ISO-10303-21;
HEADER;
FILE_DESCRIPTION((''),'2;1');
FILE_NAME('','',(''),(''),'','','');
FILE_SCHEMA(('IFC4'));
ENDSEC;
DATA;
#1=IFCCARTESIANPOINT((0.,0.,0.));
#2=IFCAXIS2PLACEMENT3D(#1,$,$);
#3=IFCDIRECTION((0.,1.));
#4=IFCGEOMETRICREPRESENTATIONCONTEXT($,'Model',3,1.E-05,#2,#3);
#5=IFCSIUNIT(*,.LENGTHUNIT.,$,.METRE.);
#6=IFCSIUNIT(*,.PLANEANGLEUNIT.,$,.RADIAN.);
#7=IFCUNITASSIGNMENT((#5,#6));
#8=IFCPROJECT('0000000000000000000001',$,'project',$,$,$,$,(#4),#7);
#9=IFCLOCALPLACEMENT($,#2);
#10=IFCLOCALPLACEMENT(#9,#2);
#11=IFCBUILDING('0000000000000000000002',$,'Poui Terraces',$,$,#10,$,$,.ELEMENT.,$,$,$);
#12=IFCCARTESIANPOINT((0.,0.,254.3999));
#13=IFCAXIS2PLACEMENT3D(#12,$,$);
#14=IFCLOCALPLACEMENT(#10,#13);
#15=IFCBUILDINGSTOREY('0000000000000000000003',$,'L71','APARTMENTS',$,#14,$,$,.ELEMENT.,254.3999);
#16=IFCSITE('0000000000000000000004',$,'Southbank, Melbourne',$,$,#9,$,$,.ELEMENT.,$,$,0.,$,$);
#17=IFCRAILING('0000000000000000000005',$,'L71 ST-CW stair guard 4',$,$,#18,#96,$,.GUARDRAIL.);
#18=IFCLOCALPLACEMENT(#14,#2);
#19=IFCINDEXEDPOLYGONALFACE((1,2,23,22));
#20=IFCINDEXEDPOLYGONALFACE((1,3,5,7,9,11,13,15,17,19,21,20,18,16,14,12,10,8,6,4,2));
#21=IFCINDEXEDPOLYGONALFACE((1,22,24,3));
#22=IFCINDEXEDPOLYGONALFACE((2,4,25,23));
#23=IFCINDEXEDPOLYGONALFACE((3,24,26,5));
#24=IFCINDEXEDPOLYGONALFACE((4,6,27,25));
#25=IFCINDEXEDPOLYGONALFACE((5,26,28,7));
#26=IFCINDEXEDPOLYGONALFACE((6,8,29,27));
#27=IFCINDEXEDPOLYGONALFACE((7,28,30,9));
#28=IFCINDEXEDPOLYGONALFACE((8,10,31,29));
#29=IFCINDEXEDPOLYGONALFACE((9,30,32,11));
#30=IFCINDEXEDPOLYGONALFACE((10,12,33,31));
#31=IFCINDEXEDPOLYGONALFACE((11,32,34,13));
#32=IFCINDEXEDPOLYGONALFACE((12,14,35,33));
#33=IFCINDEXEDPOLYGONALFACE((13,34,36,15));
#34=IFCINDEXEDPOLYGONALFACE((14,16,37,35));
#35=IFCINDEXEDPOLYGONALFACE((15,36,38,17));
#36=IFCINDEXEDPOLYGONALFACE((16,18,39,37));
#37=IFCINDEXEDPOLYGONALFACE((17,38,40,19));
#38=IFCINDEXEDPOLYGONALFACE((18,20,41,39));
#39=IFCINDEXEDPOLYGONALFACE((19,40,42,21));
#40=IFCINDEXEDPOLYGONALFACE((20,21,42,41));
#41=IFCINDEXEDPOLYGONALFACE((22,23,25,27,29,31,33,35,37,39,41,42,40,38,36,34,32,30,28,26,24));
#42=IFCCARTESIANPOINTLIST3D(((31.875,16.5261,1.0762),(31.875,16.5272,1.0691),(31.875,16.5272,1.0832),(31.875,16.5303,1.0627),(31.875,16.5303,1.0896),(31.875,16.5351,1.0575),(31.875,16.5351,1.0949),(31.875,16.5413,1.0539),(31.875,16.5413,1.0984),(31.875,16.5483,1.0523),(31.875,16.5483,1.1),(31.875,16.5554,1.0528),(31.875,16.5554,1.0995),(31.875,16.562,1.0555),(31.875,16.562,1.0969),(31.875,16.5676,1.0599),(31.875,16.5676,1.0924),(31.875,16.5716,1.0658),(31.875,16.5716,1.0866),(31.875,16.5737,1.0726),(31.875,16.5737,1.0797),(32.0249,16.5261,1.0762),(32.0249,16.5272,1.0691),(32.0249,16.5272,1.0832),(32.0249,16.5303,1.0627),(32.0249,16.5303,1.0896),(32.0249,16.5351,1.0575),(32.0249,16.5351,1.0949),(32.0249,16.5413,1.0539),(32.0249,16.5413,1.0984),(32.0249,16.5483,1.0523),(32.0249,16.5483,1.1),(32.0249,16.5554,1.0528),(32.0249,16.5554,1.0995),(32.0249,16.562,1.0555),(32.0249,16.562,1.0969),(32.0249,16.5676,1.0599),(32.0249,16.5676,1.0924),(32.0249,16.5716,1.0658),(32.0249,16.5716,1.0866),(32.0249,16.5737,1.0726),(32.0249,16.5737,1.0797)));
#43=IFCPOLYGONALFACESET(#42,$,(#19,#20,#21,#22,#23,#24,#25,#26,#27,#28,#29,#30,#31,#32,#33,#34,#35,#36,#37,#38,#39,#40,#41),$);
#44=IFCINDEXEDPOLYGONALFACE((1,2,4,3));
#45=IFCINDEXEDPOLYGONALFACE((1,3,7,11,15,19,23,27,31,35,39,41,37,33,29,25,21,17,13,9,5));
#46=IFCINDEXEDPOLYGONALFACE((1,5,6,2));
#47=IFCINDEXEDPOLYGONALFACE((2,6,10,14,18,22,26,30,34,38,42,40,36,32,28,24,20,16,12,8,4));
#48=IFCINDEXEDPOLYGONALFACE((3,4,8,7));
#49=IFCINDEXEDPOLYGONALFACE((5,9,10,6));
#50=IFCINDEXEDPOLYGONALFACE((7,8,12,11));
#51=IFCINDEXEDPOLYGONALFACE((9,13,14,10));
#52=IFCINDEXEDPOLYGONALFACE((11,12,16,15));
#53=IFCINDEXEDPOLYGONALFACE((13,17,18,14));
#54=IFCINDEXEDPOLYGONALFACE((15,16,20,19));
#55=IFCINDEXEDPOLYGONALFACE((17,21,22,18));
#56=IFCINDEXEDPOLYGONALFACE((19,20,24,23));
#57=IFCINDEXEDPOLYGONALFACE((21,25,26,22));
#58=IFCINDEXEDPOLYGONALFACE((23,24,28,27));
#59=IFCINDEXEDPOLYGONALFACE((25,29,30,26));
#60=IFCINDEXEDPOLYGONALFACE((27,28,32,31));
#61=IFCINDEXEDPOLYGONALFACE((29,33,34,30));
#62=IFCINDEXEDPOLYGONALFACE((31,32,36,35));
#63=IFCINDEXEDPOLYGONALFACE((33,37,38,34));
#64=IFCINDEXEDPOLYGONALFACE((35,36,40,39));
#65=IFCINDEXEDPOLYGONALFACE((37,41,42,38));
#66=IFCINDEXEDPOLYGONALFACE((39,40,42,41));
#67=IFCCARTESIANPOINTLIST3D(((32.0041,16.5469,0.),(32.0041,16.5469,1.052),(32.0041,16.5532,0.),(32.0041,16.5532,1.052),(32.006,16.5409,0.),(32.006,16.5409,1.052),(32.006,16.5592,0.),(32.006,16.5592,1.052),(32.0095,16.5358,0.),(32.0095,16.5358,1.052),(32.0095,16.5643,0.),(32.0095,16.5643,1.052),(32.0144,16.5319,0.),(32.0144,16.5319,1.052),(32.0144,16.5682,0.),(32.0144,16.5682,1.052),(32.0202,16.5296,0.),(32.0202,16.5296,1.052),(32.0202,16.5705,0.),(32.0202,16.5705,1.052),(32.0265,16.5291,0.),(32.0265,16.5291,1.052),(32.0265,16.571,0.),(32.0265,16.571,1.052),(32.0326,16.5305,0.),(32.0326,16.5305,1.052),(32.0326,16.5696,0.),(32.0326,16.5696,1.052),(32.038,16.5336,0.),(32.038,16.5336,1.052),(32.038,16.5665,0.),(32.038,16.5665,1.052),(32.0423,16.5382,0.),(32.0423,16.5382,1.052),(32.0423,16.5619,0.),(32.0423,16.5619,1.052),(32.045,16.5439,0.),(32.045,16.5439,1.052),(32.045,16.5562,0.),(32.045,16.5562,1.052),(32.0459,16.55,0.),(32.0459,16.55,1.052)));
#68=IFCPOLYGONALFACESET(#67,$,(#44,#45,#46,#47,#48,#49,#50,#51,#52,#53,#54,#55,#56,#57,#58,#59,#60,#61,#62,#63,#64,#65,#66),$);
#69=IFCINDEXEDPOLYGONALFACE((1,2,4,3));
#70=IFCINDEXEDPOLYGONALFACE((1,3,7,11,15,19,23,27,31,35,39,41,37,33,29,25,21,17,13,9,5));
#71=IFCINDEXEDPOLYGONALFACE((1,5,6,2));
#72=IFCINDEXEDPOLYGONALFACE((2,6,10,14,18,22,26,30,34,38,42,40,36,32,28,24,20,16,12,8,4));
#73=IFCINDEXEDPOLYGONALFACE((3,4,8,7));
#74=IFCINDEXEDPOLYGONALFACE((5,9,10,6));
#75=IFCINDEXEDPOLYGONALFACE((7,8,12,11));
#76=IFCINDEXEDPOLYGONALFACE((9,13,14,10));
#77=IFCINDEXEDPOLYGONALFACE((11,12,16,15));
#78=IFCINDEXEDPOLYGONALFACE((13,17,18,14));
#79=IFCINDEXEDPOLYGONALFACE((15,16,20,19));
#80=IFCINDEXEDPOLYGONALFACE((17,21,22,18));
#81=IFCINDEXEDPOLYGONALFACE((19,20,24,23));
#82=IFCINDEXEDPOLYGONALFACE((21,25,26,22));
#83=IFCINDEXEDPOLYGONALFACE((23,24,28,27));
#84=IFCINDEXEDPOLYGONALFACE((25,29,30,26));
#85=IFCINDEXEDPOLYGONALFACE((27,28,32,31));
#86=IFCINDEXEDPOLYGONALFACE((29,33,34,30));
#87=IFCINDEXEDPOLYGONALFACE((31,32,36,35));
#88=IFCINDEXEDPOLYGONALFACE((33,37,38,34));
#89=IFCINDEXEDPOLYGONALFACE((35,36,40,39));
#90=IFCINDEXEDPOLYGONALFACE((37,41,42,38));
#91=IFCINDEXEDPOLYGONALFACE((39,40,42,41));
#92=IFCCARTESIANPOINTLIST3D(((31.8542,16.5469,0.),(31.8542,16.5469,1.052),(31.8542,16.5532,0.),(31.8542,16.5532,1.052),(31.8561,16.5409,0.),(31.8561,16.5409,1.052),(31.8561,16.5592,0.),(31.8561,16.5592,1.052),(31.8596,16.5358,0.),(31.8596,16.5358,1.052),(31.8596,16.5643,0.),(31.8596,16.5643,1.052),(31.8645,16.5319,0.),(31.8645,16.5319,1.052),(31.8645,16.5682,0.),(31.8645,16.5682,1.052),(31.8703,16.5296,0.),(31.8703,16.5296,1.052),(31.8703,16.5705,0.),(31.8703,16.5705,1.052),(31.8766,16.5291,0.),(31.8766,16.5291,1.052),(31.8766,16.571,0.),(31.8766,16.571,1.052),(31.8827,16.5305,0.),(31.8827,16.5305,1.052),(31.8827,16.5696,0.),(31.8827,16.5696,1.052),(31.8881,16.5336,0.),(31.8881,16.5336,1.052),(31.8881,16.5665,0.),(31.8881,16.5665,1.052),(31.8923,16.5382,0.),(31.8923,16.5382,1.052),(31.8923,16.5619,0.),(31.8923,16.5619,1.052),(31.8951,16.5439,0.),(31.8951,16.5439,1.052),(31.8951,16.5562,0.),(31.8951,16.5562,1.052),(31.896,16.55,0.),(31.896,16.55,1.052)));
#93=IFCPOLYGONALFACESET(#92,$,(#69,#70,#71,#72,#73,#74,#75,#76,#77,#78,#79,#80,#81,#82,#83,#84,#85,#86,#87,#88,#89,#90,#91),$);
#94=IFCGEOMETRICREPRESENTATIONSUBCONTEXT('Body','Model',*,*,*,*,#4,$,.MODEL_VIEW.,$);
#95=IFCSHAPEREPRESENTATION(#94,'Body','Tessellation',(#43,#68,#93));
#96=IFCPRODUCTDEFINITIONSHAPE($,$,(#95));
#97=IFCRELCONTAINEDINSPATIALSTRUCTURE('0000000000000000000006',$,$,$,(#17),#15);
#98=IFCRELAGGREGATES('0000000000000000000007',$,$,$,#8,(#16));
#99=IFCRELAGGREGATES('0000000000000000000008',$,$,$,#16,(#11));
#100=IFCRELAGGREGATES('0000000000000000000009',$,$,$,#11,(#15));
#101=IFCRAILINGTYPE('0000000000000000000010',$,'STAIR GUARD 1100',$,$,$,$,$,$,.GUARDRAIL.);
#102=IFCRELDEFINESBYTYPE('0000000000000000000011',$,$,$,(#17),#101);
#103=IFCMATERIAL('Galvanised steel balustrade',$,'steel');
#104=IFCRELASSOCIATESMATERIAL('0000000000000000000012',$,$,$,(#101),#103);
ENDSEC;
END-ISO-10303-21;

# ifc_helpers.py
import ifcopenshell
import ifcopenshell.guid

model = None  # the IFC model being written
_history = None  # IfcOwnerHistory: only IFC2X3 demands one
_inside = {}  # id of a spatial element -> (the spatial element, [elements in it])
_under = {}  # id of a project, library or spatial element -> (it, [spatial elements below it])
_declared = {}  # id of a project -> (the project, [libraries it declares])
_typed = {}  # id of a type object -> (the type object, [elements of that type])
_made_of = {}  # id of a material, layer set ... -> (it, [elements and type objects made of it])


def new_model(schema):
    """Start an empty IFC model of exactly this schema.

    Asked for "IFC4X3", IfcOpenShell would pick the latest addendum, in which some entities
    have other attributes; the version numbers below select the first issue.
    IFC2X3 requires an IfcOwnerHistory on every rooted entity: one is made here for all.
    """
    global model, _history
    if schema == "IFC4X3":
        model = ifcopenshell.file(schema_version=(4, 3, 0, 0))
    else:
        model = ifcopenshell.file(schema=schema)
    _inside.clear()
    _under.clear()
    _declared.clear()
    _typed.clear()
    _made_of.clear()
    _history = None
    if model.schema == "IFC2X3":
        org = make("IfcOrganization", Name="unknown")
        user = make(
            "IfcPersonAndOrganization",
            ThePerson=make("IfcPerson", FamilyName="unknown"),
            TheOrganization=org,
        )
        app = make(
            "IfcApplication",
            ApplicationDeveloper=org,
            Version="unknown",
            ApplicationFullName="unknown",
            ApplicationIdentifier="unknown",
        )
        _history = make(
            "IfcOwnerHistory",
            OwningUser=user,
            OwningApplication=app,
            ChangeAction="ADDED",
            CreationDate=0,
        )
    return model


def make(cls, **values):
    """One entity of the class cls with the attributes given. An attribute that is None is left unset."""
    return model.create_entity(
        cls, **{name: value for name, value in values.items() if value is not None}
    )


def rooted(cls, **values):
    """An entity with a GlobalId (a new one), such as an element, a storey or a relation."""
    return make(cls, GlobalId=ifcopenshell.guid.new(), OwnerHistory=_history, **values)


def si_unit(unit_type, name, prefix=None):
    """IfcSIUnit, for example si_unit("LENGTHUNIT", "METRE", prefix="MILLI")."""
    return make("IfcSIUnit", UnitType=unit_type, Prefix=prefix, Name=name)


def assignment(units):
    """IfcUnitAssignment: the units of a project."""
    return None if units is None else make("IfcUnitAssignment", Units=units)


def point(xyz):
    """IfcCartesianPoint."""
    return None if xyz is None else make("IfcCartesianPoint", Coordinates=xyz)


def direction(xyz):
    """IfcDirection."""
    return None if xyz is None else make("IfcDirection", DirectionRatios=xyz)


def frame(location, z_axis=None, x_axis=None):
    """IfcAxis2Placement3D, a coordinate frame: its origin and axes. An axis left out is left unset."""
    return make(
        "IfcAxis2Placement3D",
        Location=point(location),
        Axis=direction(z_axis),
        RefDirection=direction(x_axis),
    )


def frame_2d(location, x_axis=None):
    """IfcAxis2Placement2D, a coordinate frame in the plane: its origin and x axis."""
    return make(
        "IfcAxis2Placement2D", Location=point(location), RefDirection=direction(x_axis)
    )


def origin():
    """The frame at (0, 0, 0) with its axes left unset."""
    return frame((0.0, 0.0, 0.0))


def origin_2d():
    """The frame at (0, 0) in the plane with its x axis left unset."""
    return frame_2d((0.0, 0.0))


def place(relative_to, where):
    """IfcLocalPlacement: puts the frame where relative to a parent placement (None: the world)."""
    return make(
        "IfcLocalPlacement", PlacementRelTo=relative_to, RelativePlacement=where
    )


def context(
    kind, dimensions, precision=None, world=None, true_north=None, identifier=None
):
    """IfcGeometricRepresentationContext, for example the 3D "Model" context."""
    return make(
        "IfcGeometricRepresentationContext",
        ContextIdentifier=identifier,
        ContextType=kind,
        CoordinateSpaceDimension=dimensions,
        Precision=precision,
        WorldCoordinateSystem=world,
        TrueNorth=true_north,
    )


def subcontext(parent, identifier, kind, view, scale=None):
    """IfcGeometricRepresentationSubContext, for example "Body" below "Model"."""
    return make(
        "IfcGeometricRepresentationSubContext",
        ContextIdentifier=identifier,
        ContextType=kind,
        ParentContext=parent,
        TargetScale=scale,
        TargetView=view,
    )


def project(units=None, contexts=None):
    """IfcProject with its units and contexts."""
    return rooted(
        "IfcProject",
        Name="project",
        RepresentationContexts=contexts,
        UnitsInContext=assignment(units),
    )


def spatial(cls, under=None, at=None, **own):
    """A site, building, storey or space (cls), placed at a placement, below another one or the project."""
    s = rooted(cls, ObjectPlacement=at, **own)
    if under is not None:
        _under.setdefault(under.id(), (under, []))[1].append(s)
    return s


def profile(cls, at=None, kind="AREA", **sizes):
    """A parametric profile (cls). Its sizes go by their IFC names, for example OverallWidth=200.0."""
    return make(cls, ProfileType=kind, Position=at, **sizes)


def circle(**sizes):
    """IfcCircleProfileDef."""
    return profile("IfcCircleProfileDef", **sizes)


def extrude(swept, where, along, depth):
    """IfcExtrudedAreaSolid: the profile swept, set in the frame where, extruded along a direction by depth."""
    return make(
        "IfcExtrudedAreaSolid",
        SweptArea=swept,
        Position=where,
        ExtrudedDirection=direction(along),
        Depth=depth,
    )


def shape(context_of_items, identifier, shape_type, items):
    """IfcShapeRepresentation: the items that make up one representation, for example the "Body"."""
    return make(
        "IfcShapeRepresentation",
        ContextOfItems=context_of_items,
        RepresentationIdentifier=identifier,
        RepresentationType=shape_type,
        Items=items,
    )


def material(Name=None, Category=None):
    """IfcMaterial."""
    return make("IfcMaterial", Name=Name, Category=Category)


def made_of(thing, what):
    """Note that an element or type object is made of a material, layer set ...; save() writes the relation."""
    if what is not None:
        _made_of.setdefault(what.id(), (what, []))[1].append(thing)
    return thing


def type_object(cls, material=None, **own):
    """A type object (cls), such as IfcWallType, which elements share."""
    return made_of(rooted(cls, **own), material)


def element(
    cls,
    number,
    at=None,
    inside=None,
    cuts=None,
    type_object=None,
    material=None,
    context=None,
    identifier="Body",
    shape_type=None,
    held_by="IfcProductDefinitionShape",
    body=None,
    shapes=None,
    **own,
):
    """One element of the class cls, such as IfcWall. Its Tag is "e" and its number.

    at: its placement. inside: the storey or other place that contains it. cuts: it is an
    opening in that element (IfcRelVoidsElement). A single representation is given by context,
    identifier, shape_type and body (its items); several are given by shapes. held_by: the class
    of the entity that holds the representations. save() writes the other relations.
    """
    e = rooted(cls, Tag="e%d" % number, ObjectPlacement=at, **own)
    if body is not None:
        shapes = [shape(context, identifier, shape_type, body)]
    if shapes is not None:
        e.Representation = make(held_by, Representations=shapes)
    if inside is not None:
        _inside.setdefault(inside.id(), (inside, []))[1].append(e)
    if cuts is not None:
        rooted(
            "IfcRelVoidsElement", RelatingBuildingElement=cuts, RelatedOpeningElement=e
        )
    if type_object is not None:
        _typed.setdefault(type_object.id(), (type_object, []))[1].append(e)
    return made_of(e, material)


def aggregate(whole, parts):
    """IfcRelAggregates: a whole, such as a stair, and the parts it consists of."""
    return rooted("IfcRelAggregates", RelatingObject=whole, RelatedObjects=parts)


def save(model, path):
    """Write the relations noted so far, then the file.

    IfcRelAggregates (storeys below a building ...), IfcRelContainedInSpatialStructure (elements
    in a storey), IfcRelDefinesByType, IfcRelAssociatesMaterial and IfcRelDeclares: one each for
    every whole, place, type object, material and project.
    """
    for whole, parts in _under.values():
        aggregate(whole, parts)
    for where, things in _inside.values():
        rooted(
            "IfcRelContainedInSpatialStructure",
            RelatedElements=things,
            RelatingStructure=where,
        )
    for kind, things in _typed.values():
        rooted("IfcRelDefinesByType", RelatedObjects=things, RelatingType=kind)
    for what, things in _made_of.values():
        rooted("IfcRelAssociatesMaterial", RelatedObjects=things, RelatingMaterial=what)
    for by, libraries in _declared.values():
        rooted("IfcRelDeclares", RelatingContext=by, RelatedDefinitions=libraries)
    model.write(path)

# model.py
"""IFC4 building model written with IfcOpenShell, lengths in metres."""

from ifc_helpers import new_model, si_unit, direction, frame, origin, origin_2d, place, context, subcontext, project, spatial, circle, extrude, material, type_object, element, save


model = new_model("IFC4")

# Units and contexts
model_context = context("Model", 3, precision=1e-05, world=origin(), true_north=direction((0.0, 1.0)))
body_context = subcontext(model_context, "Body", "Model", "MODEL_VIEW")
ifc_project = project(units=[si_unit("LENGTHUNIT", "METRE"), si_unit("PLANEANGLEUNIT", "RADIAN")], contexts=[model_context])

# Site, building, storey
site_placement = place(None, origin())
site = spatial("IfcSite", under=ifc_project, at=site_placement, Name="Southbank, Melbourne", CompositionType="ELEMENT", RefElevation=0.0)
building_placement = place(site_placement, origin())
building = spatial("IfcBuilding", under=site, at=building_placement, Name="Poui Terraces", CompositionType="ELEMENT")
storey_placement = place(building_placement, frame((0.0, 0.0, 254.3999)))
storey = spatial("IfcBuildingStorey", under=building, at=storey_placement, Name="L71", Description="APARTMENTS", CompositionType="ELEMENT", Elevation=254.3999)

# Railing
ifc_material_1 = material(Name="Galvanised steel balustrade", Category="steel")
railing_type_1 = type_object("IfcRailingType", Name="STAIR GUARD 1100", PredefinedType="GUARDRAIL", material=ifc_material_1)
railing_1_placement = place(storey_placement, frame((32.0249, 16.55, 0.0)))
element("IfcRailing", 1, at=railing_1_placement, inside=storey, type_object=railing_type_1, Name="L71 ST-CW stair guard 4", PredefinedType="GUARDRAIL", context=body_context, shape_type="SweptSolid", body=[
    extrude(circle(Radius=0.0239, at=origin_2d()), frame((0.0, 0.0, 1.0762), z_axis=(-1.0, 0.0, 0.0), x_axis=(0.0, -1.0, 0.0)), (0.0, 0.0, 1.0), 0.1499),
    extrude(circle(Radius=0.021, at=origin_2d()), origin(), (0.0, 0.0, 1.0), 1.052),
    extrude(circle(Radius=0.021, at=origin_2d()), frame((-0.1499, 0.0, 0.0)), (0.0, 0.0, 1.0), 1.052),
])

save(model, "model.ifc")
